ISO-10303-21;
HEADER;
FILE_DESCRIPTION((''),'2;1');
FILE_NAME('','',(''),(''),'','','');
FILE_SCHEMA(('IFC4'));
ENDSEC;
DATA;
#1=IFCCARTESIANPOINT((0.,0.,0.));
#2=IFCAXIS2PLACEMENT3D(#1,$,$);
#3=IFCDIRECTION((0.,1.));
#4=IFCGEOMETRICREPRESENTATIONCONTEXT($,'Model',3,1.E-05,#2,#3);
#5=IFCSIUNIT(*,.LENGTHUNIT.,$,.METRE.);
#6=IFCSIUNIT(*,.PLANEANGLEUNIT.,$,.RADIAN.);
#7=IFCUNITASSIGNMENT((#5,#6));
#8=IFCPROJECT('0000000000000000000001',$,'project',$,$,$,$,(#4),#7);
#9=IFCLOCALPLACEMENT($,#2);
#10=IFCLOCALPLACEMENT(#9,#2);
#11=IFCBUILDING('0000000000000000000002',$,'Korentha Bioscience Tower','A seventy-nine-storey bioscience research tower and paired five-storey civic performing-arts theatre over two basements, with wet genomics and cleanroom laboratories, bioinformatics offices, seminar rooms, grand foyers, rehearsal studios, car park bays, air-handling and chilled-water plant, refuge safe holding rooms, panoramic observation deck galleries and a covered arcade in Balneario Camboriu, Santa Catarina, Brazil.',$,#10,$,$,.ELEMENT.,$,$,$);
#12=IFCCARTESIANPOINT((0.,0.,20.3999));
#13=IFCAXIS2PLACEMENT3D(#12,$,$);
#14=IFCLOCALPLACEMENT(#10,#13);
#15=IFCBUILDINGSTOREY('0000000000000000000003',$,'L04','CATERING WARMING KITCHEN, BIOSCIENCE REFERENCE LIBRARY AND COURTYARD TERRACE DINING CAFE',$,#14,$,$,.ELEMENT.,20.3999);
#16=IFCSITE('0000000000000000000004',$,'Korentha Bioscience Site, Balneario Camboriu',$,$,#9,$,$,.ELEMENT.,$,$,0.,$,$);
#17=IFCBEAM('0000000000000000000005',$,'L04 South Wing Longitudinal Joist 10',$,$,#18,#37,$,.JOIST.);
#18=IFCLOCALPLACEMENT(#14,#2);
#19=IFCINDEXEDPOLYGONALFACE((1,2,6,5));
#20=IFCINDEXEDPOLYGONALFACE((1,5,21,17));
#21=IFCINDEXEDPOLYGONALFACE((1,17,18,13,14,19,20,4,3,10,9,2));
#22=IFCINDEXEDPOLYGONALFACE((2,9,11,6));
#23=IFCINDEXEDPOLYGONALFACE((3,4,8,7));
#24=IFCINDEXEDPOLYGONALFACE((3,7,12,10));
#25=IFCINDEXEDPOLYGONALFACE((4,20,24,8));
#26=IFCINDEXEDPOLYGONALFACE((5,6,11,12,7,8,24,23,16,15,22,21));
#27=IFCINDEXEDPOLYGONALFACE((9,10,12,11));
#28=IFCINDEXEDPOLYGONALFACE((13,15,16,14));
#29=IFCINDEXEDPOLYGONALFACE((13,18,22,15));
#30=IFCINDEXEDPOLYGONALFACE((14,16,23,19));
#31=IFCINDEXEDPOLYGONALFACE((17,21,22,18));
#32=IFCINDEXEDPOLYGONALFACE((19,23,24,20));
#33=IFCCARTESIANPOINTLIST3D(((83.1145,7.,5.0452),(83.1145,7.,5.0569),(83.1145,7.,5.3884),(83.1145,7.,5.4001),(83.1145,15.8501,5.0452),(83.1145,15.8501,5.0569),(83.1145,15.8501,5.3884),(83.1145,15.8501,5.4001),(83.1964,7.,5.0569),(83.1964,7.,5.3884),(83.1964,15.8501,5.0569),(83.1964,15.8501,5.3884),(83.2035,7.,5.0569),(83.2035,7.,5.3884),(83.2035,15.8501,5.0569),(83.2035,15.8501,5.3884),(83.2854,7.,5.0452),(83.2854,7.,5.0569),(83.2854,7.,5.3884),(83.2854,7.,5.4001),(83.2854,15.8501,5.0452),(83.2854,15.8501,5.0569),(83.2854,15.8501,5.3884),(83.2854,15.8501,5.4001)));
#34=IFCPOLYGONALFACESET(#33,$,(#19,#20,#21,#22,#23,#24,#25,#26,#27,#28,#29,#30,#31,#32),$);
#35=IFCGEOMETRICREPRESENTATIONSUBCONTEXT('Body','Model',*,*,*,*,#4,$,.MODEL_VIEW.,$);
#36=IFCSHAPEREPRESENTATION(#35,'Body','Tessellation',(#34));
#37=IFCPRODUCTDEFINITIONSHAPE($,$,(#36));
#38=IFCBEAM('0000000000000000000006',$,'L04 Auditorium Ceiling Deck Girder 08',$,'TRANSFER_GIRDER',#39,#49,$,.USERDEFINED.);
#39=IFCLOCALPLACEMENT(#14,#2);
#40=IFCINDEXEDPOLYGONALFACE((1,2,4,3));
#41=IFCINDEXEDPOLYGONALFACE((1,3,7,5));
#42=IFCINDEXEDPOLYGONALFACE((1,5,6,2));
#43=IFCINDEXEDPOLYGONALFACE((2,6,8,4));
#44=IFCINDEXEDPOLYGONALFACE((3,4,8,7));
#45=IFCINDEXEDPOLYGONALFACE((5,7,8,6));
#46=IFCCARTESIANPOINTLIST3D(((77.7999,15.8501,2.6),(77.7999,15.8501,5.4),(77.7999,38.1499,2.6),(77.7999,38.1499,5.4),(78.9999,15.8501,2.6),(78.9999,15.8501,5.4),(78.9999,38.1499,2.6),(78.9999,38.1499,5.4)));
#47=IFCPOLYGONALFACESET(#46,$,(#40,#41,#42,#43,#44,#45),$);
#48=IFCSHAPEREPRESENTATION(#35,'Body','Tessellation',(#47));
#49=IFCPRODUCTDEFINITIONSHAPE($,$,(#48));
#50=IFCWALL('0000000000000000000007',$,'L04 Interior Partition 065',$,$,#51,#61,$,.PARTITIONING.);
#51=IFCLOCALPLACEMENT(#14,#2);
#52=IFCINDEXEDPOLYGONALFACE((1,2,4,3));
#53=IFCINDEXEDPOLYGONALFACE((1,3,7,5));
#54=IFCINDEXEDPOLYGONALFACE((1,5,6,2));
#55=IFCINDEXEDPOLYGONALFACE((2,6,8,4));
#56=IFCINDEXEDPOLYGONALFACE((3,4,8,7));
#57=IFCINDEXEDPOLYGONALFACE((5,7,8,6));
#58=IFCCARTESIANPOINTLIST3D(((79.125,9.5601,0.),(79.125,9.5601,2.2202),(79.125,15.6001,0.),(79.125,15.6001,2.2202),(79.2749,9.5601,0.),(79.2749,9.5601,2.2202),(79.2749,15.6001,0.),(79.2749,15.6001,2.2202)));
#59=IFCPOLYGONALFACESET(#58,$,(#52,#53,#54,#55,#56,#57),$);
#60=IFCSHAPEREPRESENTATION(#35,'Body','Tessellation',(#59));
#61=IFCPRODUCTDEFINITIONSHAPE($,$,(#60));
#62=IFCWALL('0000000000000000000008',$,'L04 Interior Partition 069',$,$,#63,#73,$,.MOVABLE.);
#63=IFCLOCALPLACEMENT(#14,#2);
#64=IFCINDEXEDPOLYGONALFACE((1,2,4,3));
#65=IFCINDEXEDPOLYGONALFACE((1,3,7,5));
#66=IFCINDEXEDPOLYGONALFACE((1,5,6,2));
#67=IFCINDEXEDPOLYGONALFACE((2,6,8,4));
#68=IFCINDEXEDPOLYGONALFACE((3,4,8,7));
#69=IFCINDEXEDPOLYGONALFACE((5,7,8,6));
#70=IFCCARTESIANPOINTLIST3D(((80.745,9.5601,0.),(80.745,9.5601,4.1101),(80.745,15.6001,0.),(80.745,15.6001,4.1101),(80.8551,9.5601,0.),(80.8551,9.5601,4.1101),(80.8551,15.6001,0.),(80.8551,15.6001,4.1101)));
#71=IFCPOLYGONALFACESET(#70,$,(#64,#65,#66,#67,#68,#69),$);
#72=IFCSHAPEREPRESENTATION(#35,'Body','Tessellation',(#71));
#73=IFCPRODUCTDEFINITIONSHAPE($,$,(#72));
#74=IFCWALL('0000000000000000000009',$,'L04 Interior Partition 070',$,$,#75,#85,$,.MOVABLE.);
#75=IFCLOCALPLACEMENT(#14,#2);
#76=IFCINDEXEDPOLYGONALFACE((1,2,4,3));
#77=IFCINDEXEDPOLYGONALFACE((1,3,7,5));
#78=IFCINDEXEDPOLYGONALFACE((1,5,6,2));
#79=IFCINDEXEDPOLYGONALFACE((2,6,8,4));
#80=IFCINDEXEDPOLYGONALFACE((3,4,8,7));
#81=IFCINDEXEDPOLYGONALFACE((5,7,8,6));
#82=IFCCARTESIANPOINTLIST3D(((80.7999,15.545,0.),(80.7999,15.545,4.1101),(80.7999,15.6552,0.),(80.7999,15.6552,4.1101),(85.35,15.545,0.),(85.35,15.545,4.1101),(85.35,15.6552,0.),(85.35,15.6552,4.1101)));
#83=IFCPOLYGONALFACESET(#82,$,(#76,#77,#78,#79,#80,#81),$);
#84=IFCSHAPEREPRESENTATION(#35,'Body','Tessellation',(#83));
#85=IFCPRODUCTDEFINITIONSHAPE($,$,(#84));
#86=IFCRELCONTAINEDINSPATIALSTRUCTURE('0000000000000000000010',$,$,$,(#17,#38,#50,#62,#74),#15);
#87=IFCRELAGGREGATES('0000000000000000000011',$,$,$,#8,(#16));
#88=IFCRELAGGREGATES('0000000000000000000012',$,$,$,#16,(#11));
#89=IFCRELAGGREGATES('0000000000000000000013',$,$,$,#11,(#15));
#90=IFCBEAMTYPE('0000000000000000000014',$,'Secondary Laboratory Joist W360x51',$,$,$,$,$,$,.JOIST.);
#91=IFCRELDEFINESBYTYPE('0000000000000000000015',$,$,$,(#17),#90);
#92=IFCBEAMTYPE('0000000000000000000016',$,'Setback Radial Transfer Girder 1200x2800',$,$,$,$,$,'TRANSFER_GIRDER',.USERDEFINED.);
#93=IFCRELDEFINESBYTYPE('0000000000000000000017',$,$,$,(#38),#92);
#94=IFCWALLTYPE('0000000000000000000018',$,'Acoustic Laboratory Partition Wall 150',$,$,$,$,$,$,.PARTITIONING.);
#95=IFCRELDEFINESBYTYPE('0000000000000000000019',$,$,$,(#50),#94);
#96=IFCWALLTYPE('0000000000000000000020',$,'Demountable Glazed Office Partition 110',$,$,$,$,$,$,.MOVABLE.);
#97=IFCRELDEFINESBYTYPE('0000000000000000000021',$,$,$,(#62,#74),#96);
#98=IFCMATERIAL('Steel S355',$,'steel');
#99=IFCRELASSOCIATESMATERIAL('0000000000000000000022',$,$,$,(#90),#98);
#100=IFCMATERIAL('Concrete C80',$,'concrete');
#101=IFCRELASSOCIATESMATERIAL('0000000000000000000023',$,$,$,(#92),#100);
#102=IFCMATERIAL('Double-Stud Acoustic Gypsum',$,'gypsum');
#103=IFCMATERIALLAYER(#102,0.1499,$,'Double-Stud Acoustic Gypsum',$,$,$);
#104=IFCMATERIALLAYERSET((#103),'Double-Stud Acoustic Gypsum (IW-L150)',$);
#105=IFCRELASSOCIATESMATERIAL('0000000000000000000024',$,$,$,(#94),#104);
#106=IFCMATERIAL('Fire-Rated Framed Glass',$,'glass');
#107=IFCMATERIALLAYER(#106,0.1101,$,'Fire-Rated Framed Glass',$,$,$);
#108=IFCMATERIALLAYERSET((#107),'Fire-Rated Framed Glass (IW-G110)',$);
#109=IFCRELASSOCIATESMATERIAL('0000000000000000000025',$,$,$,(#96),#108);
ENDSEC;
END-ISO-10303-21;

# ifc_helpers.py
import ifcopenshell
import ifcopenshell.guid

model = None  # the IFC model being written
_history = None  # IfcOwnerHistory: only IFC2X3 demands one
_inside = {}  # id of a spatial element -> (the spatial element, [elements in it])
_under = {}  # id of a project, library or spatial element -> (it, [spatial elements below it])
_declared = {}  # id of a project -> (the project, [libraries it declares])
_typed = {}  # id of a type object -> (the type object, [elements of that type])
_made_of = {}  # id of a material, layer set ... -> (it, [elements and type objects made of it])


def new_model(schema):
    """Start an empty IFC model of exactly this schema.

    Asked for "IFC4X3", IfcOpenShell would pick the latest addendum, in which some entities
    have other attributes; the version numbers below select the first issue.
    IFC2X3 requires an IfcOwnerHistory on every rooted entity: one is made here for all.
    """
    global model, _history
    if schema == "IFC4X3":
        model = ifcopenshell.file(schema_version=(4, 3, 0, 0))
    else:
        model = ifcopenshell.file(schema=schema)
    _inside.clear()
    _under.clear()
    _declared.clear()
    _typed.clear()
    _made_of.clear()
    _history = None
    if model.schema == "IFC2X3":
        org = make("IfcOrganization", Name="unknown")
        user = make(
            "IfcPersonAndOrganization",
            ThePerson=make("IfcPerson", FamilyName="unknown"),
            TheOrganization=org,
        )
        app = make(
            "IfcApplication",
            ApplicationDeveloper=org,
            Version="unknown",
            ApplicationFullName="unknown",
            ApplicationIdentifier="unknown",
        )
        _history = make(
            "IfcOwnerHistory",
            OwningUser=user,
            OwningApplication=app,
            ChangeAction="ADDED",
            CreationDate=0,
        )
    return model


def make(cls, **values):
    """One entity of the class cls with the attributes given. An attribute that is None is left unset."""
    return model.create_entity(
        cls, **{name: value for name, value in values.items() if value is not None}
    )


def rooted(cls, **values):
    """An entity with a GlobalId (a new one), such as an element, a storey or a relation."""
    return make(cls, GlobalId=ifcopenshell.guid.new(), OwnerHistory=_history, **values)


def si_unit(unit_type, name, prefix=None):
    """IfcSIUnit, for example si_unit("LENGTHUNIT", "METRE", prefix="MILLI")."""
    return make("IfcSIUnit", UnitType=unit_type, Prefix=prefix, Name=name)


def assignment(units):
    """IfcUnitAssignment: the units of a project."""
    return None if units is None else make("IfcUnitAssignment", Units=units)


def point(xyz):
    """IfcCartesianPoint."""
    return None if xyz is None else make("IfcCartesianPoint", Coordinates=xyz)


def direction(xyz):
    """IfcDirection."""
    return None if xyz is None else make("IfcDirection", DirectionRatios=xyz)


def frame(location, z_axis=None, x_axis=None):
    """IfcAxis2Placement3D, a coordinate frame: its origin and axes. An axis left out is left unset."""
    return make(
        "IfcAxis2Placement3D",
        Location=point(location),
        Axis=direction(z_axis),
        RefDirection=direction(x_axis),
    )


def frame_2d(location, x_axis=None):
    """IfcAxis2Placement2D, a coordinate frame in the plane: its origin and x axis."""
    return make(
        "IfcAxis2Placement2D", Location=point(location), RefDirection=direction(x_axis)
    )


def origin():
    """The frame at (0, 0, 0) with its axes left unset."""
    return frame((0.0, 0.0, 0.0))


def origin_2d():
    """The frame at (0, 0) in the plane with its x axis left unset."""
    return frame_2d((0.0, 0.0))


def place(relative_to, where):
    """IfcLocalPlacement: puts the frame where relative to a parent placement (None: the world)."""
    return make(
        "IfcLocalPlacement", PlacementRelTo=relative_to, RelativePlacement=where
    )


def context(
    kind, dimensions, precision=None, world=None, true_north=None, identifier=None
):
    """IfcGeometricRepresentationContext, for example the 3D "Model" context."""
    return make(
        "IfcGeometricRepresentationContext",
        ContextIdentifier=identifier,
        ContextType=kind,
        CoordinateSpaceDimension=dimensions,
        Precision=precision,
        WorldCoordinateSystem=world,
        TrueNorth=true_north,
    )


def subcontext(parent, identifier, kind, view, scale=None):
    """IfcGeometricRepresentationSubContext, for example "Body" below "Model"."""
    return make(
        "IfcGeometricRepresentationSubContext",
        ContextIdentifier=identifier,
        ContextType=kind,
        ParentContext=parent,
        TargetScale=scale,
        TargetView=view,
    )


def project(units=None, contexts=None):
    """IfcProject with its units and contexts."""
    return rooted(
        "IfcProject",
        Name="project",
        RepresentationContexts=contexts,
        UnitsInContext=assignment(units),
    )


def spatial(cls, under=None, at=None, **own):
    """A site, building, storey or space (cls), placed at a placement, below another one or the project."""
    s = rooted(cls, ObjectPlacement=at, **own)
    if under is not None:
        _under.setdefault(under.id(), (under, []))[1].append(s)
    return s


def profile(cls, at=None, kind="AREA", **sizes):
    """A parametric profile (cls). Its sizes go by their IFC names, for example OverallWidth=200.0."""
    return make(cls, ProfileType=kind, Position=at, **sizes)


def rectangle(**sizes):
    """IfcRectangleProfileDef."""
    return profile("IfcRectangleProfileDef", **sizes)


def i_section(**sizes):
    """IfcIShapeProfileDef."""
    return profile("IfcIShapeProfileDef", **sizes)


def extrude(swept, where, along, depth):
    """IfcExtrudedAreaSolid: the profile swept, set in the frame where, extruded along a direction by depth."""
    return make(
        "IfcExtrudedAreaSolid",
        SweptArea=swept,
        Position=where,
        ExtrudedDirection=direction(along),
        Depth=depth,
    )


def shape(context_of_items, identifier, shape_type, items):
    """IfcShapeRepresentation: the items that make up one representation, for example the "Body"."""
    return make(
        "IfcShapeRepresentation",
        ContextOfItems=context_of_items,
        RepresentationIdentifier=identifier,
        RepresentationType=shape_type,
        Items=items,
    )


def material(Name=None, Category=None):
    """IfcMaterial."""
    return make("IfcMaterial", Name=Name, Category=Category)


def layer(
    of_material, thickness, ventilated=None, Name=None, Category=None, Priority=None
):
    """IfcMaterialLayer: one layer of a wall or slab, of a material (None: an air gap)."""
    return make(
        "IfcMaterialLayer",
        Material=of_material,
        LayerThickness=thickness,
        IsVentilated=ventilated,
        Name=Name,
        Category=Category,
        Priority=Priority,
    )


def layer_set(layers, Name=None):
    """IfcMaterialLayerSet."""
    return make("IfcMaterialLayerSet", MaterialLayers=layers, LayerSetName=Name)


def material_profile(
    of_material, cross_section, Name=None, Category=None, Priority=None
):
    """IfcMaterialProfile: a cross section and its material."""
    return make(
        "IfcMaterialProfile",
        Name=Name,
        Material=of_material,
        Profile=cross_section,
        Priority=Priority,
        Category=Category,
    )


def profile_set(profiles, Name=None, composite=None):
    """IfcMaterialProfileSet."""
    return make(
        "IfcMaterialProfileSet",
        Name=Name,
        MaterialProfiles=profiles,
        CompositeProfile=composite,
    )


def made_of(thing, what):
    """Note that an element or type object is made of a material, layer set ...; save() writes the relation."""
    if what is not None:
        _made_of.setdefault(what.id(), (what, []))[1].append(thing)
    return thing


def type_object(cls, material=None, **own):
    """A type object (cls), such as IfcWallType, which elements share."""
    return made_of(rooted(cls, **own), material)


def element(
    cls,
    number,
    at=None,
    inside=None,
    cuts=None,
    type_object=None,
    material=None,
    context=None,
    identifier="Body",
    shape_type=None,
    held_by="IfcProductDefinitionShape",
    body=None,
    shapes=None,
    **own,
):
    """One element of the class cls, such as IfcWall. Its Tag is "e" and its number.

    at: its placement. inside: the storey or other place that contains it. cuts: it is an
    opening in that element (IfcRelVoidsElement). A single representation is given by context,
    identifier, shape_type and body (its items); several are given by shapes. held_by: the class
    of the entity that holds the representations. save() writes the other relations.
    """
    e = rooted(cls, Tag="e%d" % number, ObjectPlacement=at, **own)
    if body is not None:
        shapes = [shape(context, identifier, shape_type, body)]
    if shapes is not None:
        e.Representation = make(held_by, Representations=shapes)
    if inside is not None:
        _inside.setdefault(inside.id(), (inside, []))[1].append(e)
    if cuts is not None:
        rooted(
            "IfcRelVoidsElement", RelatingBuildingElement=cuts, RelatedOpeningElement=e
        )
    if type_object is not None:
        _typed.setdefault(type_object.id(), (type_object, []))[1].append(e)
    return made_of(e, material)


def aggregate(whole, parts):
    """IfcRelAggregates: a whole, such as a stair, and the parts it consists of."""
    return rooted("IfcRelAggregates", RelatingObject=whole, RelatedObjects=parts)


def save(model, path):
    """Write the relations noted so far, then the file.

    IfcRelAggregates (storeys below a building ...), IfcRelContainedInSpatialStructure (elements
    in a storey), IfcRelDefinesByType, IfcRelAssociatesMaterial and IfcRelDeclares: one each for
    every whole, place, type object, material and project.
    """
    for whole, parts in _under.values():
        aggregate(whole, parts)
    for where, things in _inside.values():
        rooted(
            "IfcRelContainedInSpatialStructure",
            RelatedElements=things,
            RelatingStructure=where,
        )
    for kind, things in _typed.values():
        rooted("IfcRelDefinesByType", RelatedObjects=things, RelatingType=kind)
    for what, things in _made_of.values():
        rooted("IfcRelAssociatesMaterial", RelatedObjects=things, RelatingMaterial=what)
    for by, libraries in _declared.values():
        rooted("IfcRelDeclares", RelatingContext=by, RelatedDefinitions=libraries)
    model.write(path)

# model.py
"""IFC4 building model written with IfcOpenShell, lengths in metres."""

from ifc_helpers import new_model, si_unit, direction, frame, frame_2d, origin, origin_2d, place, context, subcontext, project, spatial, rectangle, i_section, extrude, material, layer, layer_set, material_profile, profile_set, type_object, element, save


model = new_model("IFC4")

# Units and contexts
model_context = context("Model", 3, precision=1e-05, world=origin(), true_north=direction((0.0, 1.0)))
body_context = subcontext(model_context, "Body", "Model", "MODEL_VIEW")
ifc_project = project(units=[si_unit("LENGTHUNIT", "METRE"), si_unit("PLANEANGLEUNIT", "RADIAN")], contexts=[model_context])

# Site, building, storey
site_placement = place(None, origin())
site = spatial("IfcSite", under=ifc_project, at=site_placement, Name="Korentha Bioscience Site, Balneario Camboriu", CompositionType="ELEMENT", RefElevation=0.0)
building_placement = place(site_placement, origin())
building = spatial("IfcBuilding", under=site, at=building_placement, Name="Korentha Bioscience Tower", Description="A seventy-nine-storey bioscience research tower and paired five-storey civic performing-arts theatre over two basements, with wet genomics and cleanroom laboratories, bioinformatics offices, seminar rooms, grand foyers, rehearsal studios, car park bays, air-handling and chilled-water plant, refuge safe holding rooms, panoramic observation deck galleries and a covered arcade in Balneario Camboriu, Santa Catarina, Brazil.", CompositionType="ELEMENT")
storey_placement = place(building_placement, frame((0.0, 0.0, 20.3999)))
storey = spatial("IfcBuildingStorey", under=building, at=storey_placement, Name="L04", Description="CATERING WARMING KITCHEN, BIOSCIENCE REFERENCE LIBRARY AND COURTYARD TERRACE DINING CAFE", CompositionType="ELEMENT", Elevation=20.3999)

# Beams
ifc_material_1 = material(Name="Concrete C80", Category="concrete")
ifc_material_2 = material(Name="Steel S355", Category="steel")
ifc_material_profile_1 = material_profile(ifc_material_2, i_section(OverallWidth=0.1709, OverallDepth=0.355, WebThickness=0.0071, FlangeThickness=0.0117, at=origin_2d()), Name="Steel S355")
ifc_profile_set_1 = profile_set([ifc_material_profile_1], Name="Steel S355 (JB-360)")
beam_type_1 = type_object("IfcBeamType", Name="Secondary Laboratory Joist W360x51", PredefinedType="JOIST", material=ifc_profile_set_1)
for number, where, z_axis, x_axis, name in (
    (1, (83.2, 7.0, 5.2227), (0.0, 1.0, 0.0), (-1.0, 0.0, 0.0), "L04 South Wing Longitudinal Joist 10"),
):
    element("IfcBeam", number, at=place(storey_placement, frame(where, z_axis=z_axis, x_axis=x_axis)), inside=storey, type_object=beam_type_1, Name=name, PredefinedType="JOIST", context=body_context, shape_type="SweptSolid", body=[
        extrude(i_section(OverallWidth=0.1709, OverallDepth=0.355, WebThickness=0.0071, FlangeThickness=0.0117, at=origin_2d()), origin(), (0.0, 0.0, 1.0), 8.8501),
    ])
ifc_material_profile_2 = material_profile(ifc_material_1, rectangle(XDim=1.2, YDim=2.8, at=origin_2d()), Name="Concrete C80")
ifc_profile_set_2 = profile_set([ifc_material_profile_2], Name="Concrete C80 (TG-02)")
beam_type_2 = type_object("IfcBeamType", Name="Setback Radial Transfer Girder 1200x2800", ElementType="TRANSFER_GIRDER", PredefinedType="USERDEFINED", material=ifc_profile_set_2)
beam_1_placement = place(storey_placement, frame((78.3999, 15.8501, 4.0), z_axis=(0.0, 1.0, 0.0), x_axis=(-1.0, 0.0, 0.0)))
element("IfcBeam", 2, at=beam_1_placement, inside=storey, type_object=beam_type_2, Name="L04 Auditorium Ceiling Deck Girder 08", ObjectType="TRANSFER_GIRDER", PredefinedType="USERDEFINED", context=body_context, shape_type="SweptSolid", body=[
    extrude(rectangle(XDim=1.2, YDim=2.8, at=origin_2d()), origin(), (0.0, 0.0, 1.0), 22.2998),
])

# Shared definitions
ifc_material_3 = material(Name="Double-Stud Acoustic Gypsum", Category="gypsum")
ifc_layer_1 = layer(ifc_material_3, 0.1499, Name="Double-Stud Acoustic Gypsum")
ifc_layer_set_1 = layer_set([ifc_layer_1], Name="Double-Stud Acoustic Gypsum (IW-L150)")
wall_type_1 = type_object("IfcWallType", Name="Acoustic Laboratory Partition Wall 150", PredefinedType="PARTITIONING", material=ifc_layer_set_1)

# Walls
wall_1_placement = place(storey_placement, frame((79.2, 15.6001, 0.0), z_axis=(0.0, 0.0, 1.0), x_axis=(0.0, -1.0, 0.0)))
element("IfcWall", 3, at=wall_1_placement, inside=storey, type_object=wall_type_1, Name="L04 Interior Partition 065", PredefinedType="PARTITIONING", context=body_context, shape_type="SweptSolid", body=[
    extrude(rectangle(XDim=6.04, YDim=0.1499, at=frame_2d((3.02, 0.0))), origin(), (0.0, 0.0, 1.0), 2.2202),
])
ifc_material_4 = material(Name="Fire-Rated Framed Glass", Category="glass")
ifc_layer_2 = layer(ifc_material_4, 0.1101, Name="Fire-Rated Framed Glass")
ifc_layer_set_2 = layer_set([ifc_layer_2], Name="Fire-Rated Framed Glass (IW-G110)")
wall_type_2 = type_object("IfcWallType", Name="Demountable Glazed Office Partition 110", PredefinedType="MOVABLE", material=ifc_layer_set_2)
wall_2_placement = place(storey_placement, frame((80.8, 9.5601, 0.0), z_axis=(0.0, 0.0, 1.0), x_axis=(0.0, 1.0, 0.0)))
element("IfcWall", 4, at=wall_2_placement, inside=storey, type_object=wall_type_2, Name="L04 Interior Partition 069", PredefinedType="MOVABLE", context=body_context, shape_type="SweptSolid", body=[
    extrude(rectangle(XDim=6.04, YDim=0.1101, at=frame_2d((3.02, 0.0))), origin(), (0.0, 0.0, 1.0), 4.1101),
])
wall_3_placement = place(storey_placement, frame((80.8, 15.6001, 0.0), z_axis=(0.0, 0.0, 1.0), x_axis=(1.0, 0.0, 0.0)))
element("IfcWall", 5, at=wall_3_placement, inside=storey, type_object=wall_type_2, Name="L04 Interior Partition 070", PredefinedType="MOVABLE", context=body_context, shape_type="SweptSolid", body=[
    extrude(rectangle(XDim=4.55, YDim=0.1101, at=frame_2d((2.2749, 0.0))), origin(), (0.0, 0.0, 1.0), 4.1101),
])

save(model, "model.ifc")
